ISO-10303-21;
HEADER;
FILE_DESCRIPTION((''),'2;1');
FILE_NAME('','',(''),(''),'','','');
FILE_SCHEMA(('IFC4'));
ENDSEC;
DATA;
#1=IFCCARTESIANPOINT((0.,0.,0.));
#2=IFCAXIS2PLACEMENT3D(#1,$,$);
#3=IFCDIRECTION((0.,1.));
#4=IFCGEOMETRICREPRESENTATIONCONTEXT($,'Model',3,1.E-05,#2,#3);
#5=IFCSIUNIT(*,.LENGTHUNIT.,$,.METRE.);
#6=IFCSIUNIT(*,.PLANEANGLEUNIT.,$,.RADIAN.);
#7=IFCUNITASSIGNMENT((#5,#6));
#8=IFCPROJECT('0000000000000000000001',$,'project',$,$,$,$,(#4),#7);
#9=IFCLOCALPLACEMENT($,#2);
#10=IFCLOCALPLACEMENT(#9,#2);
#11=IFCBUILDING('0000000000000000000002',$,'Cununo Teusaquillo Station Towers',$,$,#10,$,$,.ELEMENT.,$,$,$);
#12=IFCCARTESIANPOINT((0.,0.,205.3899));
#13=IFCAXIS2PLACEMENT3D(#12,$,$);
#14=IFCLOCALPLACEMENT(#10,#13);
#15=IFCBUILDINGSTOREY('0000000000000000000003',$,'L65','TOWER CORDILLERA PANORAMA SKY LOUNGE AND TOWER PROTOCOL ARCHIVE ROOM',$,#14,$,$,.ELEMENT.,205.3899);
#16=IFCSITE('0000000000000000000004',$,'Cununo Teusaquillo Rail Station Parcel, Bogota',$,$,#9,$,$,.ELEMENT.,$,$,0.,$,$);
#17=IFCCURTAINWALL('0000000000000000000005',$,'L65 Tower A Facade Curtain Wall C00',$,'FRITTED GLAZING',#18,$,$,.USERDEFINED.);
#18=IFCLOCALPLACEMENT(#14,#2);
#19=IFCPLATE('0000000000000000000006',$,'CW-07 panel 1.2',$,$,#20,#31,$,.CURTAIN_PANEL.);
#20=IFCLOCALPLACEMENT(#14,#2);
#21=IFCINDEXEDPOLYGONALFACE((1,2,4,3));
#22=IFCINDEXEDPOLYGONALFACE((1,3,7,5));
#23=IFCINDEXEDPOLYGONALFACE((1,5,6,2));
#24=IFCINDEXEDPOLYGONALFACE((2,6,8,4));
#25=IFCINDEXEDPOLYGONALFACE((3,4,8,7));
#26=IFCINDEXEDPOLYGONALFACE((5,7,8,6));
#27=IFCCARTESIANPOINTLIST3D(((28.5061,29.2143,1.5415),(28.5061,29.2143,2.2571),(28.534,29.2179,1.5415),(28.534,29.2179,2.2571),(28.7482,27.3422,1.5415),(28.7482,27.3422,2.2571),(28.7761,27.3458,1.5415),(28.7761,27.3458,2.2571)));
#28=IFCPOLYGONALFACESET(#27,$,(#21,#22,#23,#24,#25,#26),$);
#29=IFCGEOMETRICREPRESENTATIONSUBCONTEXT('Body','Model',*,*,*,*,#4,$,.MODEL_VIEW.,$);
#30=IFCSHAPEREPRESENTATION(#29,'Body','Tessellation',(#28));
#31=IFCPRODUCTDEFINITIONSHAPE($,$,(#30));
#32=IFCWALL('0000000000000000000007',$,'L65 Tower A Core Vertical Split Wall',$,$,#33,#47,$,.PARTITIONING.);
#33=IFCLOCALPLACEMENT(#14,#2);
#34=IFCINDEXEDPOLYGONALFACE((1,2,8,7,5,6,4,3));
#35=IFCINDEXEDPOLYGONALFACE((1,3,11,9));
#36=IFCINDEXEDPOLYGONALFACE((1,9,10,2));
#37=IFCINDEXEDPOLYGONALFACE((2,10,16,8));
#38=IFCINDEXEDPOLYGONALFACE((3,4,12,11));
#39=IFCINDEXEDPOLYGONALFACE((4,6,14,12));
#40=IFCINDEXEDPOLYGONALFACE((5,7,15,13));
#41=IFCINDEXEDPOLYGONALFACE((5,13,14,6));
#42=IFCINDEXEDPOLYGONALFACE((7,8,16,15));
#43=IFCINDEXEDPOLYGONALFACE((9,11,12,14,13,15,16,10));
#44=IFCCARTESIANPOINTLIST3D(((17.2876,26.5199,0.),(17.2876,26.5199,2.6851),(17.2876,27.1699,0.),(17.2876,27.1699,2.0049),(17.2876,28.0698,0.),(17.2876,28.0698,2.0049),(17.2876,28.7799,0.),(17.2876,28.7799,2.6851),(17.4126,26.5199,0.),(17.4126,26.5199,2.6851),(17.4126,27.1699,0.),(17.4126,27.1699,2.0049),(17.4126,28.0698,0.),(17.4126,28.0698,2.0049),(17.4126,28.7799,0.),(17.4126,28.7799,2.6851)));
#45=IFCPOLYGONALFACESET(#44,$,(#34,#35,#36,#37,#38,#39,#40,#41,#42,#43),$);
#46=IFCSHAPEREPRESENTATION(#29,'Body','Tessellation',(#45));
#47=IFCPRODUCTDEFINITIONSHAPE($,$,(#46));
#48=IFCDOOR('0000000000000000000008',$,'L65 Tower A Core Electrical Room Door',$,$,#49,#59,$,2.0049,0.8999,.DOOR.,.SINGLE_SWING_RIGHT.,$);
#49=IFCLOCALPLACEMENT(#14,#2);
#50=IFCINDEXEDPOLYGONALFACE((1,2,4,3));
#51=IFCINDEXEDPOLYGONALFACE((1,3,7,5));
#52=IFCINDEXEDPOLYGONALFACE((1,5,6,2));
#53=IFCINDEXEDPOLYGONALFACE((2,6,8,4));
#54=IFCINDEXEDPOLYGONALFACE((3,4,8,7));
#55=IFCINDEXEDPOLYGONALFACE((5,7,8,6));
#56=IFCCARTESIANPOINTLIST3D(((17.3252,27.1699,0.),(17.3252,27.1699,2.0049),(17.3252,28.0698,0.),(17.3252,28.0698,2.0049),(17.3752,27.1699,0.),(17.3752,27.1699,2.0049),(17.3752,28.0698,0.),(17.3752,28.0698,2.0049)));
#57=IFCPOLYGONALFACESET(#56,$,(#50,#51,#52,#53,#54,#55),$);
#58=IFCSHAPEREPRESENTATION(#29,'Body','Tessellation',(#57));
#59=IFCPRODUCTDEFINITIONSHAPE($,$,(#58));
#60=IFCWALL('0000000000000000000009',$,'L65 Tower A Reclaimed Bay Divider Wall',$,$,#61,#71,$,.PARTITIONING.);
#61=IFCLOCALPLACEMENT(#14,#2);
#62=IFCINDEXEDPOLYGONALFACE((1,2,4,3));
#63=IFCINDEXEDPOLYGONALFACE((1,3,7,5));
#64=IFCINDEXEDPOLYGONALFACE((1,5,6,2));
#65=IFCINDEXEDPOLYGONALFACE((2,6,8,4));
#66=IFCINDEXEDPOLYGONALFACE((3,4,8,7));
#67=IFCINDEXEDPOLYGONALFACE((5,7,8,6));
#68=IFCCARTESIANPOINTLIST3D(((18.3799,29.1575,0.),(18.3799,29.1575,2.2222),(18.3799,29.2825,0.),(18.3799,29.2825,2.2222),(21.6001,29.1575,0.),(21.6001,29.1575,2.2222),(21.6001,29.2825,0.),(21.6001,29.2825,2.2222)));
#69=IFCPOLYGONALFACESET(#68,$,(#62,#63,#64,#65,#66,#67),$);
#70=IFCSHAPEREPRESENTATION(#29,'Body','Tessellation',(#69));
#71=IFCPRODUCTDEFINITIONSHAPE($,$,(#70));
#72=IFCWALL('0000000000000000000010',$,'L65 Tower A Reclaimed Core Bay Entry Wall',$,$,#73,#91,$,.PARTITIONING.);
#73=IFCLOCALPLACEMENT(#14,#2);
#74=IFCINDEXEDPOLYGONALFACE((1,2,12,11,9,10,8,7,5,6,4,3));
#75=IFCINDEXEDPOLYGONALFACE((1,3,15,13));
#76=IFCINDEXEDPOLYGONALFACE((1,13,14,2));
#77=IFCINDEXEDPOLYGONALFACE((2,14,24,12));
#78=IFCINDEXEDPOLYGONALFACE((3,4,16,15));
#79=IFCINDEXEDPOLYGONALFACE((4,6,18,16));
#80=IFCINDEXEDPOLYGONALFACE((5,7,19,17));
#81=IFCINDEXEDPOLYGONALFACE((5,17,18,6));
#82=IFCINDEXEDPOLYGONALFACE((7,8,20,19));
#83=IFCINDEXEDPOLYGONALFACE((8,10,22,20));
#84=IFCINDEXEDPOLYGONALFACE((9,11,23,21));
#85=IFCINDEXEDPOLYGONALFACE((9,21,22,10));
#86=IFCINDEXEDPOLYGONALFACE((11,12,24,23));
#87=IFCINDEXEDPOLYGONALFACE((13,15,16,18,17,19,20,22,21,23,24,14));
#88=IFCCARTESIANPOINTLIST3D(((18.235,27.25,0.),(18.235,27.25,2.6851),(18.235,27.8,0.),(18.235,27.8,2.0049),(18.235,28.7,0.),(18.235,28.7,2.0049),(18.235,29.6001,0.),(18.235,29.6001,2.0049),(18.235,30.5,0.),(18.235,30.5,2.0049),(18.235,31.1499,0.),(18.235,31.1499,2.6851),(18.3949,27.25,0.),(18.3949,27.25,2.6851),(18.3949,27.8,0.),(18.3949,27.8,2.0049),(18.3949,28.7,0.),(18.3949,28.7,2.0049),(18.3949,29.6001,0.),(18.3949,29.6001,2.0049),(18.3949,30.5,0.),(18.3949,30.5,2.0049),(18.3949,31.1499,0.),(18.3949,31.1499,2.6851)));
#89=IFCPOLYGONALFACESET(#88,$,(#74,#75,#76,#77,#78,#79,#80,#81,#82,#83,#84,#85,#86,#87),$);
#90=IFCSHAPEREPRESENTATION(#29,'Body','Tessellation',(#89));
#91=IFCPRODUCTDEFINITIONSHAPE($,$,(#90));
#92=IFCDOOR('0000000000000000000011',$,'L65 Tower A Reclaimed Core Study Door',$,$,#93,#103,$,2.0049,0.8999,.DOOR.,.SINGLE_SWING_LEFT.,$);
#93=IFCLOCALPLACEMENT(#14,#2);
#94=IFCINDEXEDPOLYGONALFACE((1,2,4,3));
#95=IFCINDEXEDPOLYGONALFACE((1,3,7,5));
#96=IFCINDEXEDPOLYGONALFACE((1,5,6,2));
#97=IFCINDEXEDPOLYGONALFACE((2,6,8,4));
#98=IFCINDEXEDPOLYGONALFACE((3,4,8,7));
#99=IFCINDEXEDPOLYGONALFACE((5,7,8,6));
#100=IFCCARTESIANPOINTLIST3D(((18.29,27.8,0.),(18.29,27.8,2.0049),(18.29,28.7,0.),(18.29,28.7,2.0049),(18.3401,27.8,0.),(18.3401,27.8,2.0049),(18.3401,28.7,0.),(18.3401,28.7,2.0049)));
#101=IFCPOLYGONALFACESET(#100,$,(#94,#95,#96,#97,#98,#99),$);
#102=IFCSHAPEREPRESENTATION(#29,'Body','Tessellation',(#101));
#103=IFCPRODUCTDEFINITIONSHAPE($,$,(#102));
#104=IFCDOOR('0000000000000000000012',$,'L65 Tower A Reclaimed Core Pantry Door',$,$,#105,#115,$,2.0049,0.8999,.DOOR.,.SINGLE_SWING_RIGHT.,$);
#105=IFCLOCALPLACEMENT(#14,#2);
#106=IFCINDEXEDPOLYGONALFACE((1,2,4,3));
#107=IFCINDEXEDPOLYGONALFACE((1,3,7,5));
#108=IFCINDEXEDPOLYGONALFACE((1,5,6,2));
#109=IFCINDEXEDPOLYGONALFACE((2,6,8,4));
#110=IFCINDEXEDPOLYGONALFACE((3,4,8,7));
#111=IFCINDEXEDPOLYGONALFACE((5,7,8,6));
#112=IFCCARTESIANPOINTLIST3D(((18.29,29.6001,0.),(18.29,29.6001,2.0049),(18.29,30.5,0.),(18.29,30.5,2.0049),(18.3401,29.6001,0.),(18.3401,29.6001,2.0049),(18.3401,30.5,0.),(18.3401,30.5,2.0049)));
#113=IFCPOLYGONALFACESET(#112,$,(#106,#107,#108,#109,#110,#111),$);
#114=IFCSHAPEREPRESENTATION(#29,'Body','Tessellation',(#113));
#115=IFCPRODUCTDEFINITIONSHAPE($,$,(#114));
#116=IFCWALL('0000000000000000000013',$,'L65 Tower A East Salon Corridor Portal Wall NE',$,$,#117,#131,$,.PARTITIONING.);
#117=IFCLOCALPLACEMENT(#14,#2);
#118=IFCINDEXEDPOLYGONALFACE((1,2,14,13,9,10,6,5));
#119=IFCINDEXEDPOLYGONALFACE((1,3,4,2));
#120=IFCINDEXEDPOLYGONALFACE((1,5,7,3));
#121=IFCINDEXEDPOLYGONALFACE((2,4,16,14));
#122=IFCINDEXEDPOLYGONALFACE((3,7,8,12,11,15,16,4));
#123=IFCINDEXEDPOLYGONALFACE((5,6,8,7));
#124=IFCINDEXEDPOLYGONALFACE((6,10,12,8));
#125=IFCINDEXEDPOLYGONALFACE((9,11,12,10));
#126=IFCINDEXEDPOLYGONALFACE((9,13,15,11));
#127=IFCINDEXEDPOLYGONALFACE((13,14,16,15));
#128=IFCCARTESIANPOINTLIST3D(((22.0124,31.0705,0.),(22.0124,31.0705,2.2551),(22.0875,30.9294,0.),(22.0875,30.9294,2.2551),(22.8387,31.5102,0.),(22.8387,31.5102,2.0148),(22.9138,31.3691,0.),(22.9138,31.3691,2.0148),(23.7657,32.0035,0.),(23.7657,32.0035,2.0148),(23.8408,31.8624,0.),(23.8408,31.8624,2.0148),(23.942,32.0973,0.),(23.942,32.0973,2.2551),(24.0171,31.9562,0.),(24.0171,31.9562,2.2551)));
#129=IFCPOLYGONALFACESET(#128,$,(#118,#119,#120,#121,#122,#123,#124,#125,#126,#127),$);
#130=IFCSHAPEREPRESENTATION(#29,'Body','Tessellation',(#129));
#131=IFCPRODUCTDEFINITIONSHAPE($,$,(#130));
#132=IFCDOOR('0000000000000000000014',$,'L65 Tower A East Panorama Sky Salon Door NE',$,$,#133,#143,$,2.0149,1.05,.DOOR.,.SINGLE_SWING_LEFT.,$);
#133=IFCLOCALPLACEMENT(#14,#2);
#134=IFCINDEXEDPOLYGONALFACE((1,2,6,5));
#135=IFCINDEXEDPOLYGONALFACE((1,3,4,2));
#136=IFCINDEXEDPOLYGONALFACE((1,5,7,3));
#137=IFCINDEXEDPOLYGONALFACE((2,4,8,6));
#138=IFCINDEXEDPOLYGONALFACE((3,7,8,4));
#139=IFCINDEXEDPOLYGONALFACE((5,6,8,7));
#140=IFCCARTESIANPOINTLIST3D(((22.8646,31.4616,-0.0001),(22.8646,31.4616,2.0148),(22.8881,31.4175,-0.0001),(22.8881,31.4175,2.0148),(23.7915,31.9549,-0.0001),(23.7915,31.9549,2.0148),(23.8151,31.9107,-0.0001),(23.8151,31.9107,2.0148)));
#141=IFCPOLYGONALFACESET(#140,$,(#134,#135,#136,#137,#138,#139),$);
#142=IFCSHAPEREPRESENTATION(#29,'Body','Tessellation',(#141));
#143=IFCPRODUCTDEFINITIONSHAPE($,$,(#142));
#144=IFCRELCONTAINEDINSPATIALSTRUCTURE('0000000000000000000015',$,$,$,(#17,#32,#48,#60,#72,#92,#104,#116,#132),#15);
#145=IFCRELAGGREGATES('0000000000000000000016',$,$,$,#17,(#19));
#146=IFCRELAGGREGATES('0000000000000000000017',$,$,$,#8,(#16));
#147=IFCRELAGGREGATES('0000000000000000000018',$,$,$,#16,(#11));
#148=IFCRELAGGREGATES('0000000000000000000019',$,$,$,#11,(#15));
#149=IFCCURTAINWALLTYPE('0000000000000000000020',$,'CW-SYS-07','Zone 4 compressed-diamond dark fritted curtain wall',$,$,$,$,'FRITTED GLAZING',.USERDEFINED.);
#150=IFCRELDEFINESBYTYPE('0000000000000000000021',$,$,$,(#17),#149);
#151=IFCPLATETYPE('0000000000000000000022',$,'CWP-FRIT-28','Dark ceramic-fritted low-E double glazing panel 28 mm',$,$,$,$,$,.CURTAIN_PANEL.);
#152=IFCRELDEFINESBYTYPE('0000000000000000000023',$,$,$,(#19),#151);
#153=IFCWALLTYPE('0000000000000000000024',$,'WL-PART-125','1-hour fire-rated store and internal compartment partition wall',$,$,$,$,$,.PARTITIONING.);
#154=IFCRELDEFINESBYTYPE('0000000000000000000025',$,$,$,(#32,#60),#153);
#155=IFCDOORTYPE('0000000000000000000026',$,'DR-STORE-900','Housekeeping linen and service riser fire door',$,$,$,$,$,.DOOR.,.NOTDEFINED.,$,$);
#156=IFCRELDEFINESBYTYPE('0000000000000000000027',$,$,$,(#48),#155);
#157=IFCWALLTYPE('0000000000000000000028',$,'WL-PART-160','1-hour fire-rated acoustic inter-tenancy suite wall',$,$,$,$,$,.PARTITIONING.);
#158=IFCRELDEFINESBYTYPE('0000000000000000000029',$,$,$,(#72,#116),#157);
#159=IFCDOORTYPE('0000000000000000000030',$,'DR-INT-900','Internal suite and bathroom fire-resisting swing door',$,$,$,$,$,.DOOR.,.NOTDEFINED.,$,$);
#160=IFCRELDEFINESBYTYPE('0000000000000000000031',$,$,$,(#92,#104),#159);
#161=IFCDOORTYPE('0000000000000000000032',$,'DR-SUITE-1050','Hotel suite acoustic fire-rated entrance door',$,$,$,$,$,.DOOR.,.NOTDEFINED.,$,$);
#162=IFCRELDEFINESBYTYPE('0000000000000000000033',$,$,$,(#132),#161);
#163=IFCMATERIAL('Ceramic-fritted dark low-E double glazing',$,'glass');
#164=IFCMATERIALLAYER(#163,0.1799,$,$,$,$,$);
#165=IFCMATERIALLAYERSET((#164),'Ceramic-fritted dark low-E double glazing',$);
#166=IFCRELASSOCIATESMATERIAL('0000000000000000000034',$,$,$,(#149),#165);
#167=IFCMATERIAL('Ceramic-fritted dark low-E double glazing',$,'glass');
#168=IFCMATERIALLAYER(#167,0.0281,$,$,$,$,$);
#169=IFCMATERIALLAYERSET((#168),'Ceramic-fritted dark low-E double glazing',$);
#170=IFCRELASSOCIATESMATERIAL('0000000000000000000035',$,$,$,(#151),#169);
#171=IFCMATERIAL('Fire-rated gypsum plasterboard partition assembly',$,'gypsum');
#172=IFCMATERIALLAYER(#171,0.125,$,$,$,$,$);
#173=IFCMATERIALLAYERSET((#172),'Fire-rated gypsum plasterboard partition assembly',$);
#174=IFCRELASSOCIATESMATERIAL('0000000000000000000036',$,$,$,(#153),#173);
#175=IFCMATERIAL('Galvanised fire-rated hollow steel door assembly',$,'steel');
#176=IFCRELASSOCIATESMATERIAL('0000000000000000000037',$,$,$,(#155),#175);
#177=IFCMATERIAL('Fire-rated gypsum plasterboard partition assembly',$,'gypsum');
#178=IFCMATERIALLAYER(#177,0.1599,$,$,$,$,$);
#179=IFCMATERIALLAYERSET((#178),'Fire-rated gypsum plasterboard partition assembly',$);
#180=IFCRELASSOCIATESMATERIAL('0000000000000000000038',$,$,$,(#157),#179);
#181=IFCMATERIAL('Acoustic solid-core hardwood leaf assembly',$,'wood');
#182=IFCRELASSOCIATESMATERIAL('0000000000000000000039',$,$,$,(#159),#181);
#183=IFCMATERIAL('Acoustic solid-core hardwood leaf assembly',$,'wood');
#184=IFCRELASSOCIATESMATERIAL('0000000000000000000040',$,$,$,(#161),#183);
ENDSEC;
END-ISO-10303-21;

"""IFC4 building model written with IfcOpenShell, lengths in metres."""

from ifc_helpers import new_model, si_unit, direction, frame, frame_2d, origin, origin_2d, place, context, subcontext, project, spatial, rectangle, extrude, source, transform, mapped, material, layer, layer_set, type_object, element, fill, aggregate, save


model = new_model("IFC4")

# Units and contexts
model_context = context("Model", 3, precision=1e-05, world=origin(), true_north=direction((0.0, 1.0)))
body_context = subcontext(model_context, "Body", "Model", "MODEL_VIEW")
ifc_project = project(units=[si_unit("LENGTHUNIT", "METRE"), si_unit("PLANEANGLEUNIT", "RADIAN")], contexts=[model_context])

# Site, building, storey
site_placement = place(None, origin())
site = spatial("IfcSite", under=ifc_project, at=site_placement, Name="Cununo Teusaquillo Rail Station Parcel, Bogota", CompositionType="ELEMENT", RefElevation=0.0)
building_placement = place(site_placement, origin())
building = spatial("IfcBuilding", under=site, at=building_placement, Name="Cununo Teusaquillo Station Towers", CompositionType="ELEMENT")
storey_placement = place(building_placement, frame((0.0, 0.0, 205.3899)))
storey = spatial("IfcBuildingStorey", under=building, at=storey_placement, Name="L65", Description="TOWER CORDILLERA PANORAMA SKY LOUNGE AND TOWER PROTOCOL ARCHIVE ROOM", CompositionType="ELEMENT", Elevation=205.3899)

# Curtain wall, plate
ifc_material_1 = material(Name="Ceramic-fritted dark low-E double glazing", Category="glass")
ifc_layer_1 = layer(ifc_material_1, 0.1799)
ifc_layer_set_1 = layer_set([ifc_layer_1], Name="Ceramic-fritted dark low-E double glazing")
curtain_wall_type = type_object("IfcCurtainWallType", Name="CW-SYS-07", Description="Zone 4 compressed-diamond dark fritted curtain wall", ElementType="FRITTED GLAZING", PredefinedType="USERDEFINED", material=ifc_layer_set_1)
curtain_wall_placement = place(storey_placement, origin())
curtain_wall = element("IfcCurtainWall", 1, at=curtain_wall_placement, inside=storey, type_object=curtain_wall_type, Name="L65 Tower A Facade Curtain Wall C00", ObjectType="FRITTED GLAZING", PredefinedType="USERDEFINED")
ifc_material_2 = material(Name="Ceramic-fritted dark low-E double glazing", Category="glass")
ifc_layer_2 = layer(ifc_material_2, 0.0281)
ifc_layer_set_2 = layer_set([ifc_layer_2], Name="Ceramic-fritted dark low-E double glazing")
plate_type = type_object("IfcPlateType", Name="CWP-FRIT-28", Description="Dark ceramic-fritted low-E double glazing panel 28 mm", PredefinedType="CURTAIN_PANEL", material=ifc_layer_set_2)
shared_shape_1 = source(origin(), body_context, "Body", "SweptSolid", [
    extrude(rectangle(XDim=1.8877, YDim=0.0281, at=origin_2d()), origin(), (0.0, 0.0, 1.0), 0.7156),
])
plate_1_placement = place(storey_placement, frame((28.6411, 28.28, 1.5415), z_axis=(0.0, 0.0, 1.0), x_axis=(0.128253, -0.991742, 0.0)))
plate_1 = element("IfcPlate", 2, at=plate_1_placement, type_object=plate_type, Name="CW-07 panel 1.2", PredefinedType="CURTAIN_PANEL", context=body_context, shape_type="MappedRepresentation", body=[
    mapped(shared_shape_1, transform((0.0, 0.0, 0.0), x_axis=(1.0, 0.0, 0.0), y_axis=(0.0, 1.0, 0.0), z_axis=(0.0, 0.0, 1.0), scale=1.0)),
])
aggregate(curtain_wall, [plate_1])

# Wall, opening, door
ifc_material_3 = material(Name="Fire-rated gypsum plasterboard partition assembly", Category="gypsum")
ifc_layer_3 = layer(ifc_material_3, 0.125)
ifc_layer_set_3 = layer_set([ifc_layer_3], Name="Fire-rated gypsum plasterboard partition assembly")
wall_type_1 = type_object("IfcWallType", Name="WL-PART-125", Description="1-hour fire-rated store and internal compartment partition wall", PredefinedType="PARTITIONING", material=ifc_layer_set_3)
wall_1_placement = place(storey_placement, frame((17.3501, 26.52, 0.0), z_axis=(0.0, 0.0, 1.0), x_axis=(0.0, 1.0, 0.0)))
wall_1 = element("IfcWall", 3, at=wall_1_placement, inside=storey, type_object=wall_type_1, Name="L65 Tower A Core Vertical Split Wall", PredefinedType="PARTITIONING", context=body_context, shape_type="SweptSolid", body=[
    extrude(rectangle(XDim=2.26, YDim=0.125, at=frame_2d((1.1299, 0.0))), origin(), (0.0, 0.0, 1.0), 2.6851),
])
shared_shape_2 = source(origin(), body_context, "Body", "SweptSolid", [
    extrude(rectangle(XDim=0.8999, YDim=2.0049, at=frame_2d((0.45, 1.0024))), frame((0.0, 0.0725, 0.0), z_axis=(0.0, -1.0, 0.0), x_axis=(1.0, 0.0, 0.0)), (0.0, 0.0, 1.0), 0.145),
])
opening_1_placement = place(wall_1_placement, frame((0.6499, 0.0, 0.0)))
opening_1 = element("IfcOpeningElement", 4, at=opening_1_placement, cuts=wall_1, PredefinedType="OPENING", context=body_context, shape_type="MappedRepresentation", body=[
    mapped(shared_shape_2, transform((0.0, 0.0, 0.0), x_axis=(1.0, 0.0, 0.0), y_axis=(0.0, 1.0, 0.0), z_axis=(0.0, 0.0, 1.0), scale=1.0)),
])
ifc_material_4 = material(Name="Galvanised fire-rated hollow steel door assembly", Category="steel")
door_type_1 = type_object("IfcDoorType", Name="DR-STORE-900", Description="Housekeeping linen and service riser fire door", OperationType="NOTDEFINED", PredefinedType="DOOR", material=ifc_material_4)
shared_shape_3 = source(origin(), body_context, "Body", "SweptSolid", [
    extrude(rectangle(XDim=0.8999, YDim=2.0049, at=frame_2d((0.45, 1.0024))), frame((0.0, 0.0249, 0.0), z_axis=(0.0, -1.0, 0.0), x_axis=(1.0, 0.0, 0.0)), (0.0, 0.0, 1.0), 0.05),
])
door_1_placement = place(opening_1_placement, origin())
door_1 = element("IfcDoor", 5, at=door_1_placement, inside=storey, type_object=door_type_1, Name="L65 Tower A Core Electrical Room Door", OperationType="SINGLE_SWING_RIGHT", OverallHeight=2.0049, OverallWidth=0.8999, PredefinedType="DOOR", context=body_context, shape_type="MappedRepresentation", body=[
    mapped(shared_shape_3, transform((0.0, 0.0, 0.0), x_axis=(1.0, 0.0, 0.0), y_axis=(0.0, 1.0, 0.0), z_axis=(0.0, 0.0, 1.0), scale=1.0)),
])
fill(opening_1, door_1)

# Wall
wall_2_placement = place(storey_placement, frame((18.3799, 29.22, 0.0), z_axis=(0.0, 0.0, 1.0), x_axis=(1.0, 0.0, 0.0)))
element("IfcWall", 6, at=wall_2_placement, inside=storey, type_object=wall_type_1, Name="L65 Tower A Reclaimed Bay Divider Wall", PredefinedType="PARTITIONING", context=body_context, shape_type="SweptSolid", body=[
    extrude(rectangle(XDim=3.2202, YDim=0.125, at=frame_2d((1.6101, 0.0))), origin(), (0.0, 0.0, 1.0), 2.2222),
])

# Wall, openings, doors
ifc_material_5 = material(Name="Fire-rated gypsum plasterboard partition assembly", Category="gypsum")
ifc_layer_4 = layer(ifc_material_5, 0.1599)
ifc_layer_set_4 = layer_set([ifc_layer_4], Name="Fire-rated gypsum plasterboard partition assembly")
wall_type_2 = type_object("IfcWallType", Name="WL-PART-160", Description="1-hour fire-rated acoustic inter-tenancy suite wall", PredefinedType="PARTITIONING", material=ifc_layer_set_4)
wall_3_placement = place(storey_placement, frame((18.3149, 27.25, 0.0), z_axis=(0.0, 0.0, 1.0), x_axis=(0.0, 1.0, 0.0)))
wall_3 = element("IfcWall", 7, at=wall_3_placement, inside=storey, type_object=wall_type_2, Name="L65 Tower A Reclaimed Core Bay Entry Wall", PredefinedType="PARTITIONING", context=body_context, shape_type="SweptSolid", body=[
    extrude(rectangle(XDim=3.8999, YDim=0.1599, at=frame_2d((1.95, 0.0))), origin(), (0.0, 0.0, 1.0), 2.6851),
])
shared_shape_4 = source(origin(), body_context, "Body", "SweptSolid", [
    extrude(rectangle(XDim=0.8999, YDim=2.0049, at=frame_2d((0.45, 1.0024))), frame((0.0, 0.0898, 0.0), z_axis=(0.0, -1.0, 0.0), x_axis=(1.0, 0.0, 0.0)), (0.0, 0.0, 1.0), 0.1799),
])
opening_2_placement = place(wall_3_placement, frame((0.55, 0.0, 0.0)))
opening_2 = element("IfcOpeningElement", 8, at=opening_2_placement, cuts=wall_3, PredefinedType="OPENING", context=body_context, shape_type="MappedRepresentation", body=[
    mapped(shared_shape_4, transform((0.0, 0.0, 0.0), x_axis=(1.0, 0.0, 0.0), y_axis=(0.0, 1.0, 0.0), z_axis=(0.0, 0.0, 1.0), scale=1.0)),
])
opening_3_placement = place(wall_3_placement, frame((2.3501, 0.0, 0.0)))
opening_3 = element("IfcOpeningElement", 9, at=opening_3_placement, cuts=wall_3, PredefinedType="OPENING", context=body_context, shape_type="MappedRepresentation", body=[
    mapped(shared_shape_4, transform((0.0, 0.0, 0.0), x_axis=(1.0, 0.0, 0.0), y_axis=(0.0, 1.0, 0.0), z_axis=(0.0, 0.0, 1.0), scale=1.0)),
])
ifc_material_6 = material(Name="Acoustic solid-core hardwood leaf assembly", Category="wood")
door_type_2 = type_object("IfcDoorType", Name="DR-INT-900", Description="Internal suite and bathroom fire-resisting swing door", OperationType="NOTDEFINED", PredefinedType="DOOR", material=ifc_material_6)
door_2_placement = place(opening_2_placement, origin())
door_2 = element("IfcDoor", 10, at=door_2_placement, inside=storey, type_object=door_type_2, Name="L65 Tower A Reclaimed Core Study Door", OperationType="SINGLE_SWING_LEFT", OverallHeight=2.0049, OverallWidth=0.8999, PredefinedType="DOOR", context=body_context, shape_type="MappedRepresentation", body=[
    mapped(shared_shape_3, transform((0.0, 0.0, 0.0), x_axis=(1.0, 0.0, 0.0), y_axis=(0.0, 1.0, 0.0), z_axis=(0.0, 0.0, 1.0), scale=1.0)),
])
fill(opening_2, door_2)
door_3_placement = place(opening_3_placement, origin())
door_3 = element("IfcDoor", 11, at=door_3_placement, inside=storey, type_object=door_type_2, Name="L65 Tower A Reclaimed Core Pantry Door", OperationType="SINGLE_SWING_RIGHT", OverallHeight=2.0049, OverallWidth=0.8999, PredefinedType="DOOR", context=body_context, shape_type="MappedRepresentation", body=[
    mapped(shared_shape_3, transform((0.0, 0.0, 0.0), x_axis=(1.0, 0.0, 0.0), y_axis=(0.0, 1.0, 0.0), z_axis=(0.0, 0.0, 1.0), scale=1.0)),
])
fill(opening_3, door_3)

# Wall, opening, door
wall_4_placement = place(storey_placement, frame((22.05, 31.0, 0.0), z_axis=(0.0, 0.0, 1.0), x_axis=(0.882792, 0.469765, 0.0)))
wall_4 = element("IfcWall", 12, at=wall_4_placement, inside=storey, type_object=wall_type_2, Name="L65 Tower A East Salon Corridor Portal Wall NE", PredefinedType="PARTITIONING", context=body_context, shape_type="SweptSolid", body=[
    extrude(rectangle(XDim=2.1858, YDim=0.1599, at=frame_2d((1.0928, 0.0))), origin(), (0.0, 0.0, 1.0), 2.2551),
])
shared_shape_5 = source(origin(), body_context, "Body", "SweptSolid", [
    extrude(rectangle(XDim=1.05, YDim=2.0149, at=frame_2d((0.5249, 1.0073))), frame((0.0, 0.0898, 0.0), z_axis=(0.0, -1.0, 0.0), x_axis=(1.0, 0.0, 0.0)), (0.0, 0.0, 1.0), 0.1799),
])
opening_4_placement = place(wall_4_placement, frame((0.936, 0.0, 0.0)))
opening_4 = element("IfcOpeningElement", 13, at=opening_4_placement, cuts=wall_4, PredefinedType="OPENING", context=body_context, shape_type="MappedRepresentation", body=[
    mapped(shared_shape_5, transform((0.0, 0.0, 0.0), x_axis=(1.0, 0.0, 0.0), y_axis=(0.0, 1.0, 0.0), z_axis=(0.0, 0.0, 1.0), scale=1.0)),
])
ifc_material_7 = material(Name="Acoustic solid-core hardwood leaf assembly", Category="wood")
door_type_3 = type_object("IfcDoorType", Name="DR-SUITE-1050", Description="Hotel suite acoustic fire-rated entrance door", OperationType="NOTDEFINED", PredefinedType="DOOR", material=ifc_material_7)
shared_shape_6 = source(origin(), body_context, "Body", "SweptSolid", [
    extrude(rectangle(XDim=1.05, YDim=2.0149, at=frame_2d((0.5249, 1.0073))), frame((0.0, 0.0249, 0.0), z_axis=(0.0, -1.0, 0.0), x_axis=(1.0, 0.0, 0.0)), (0.0, 0.0, 1.0), 0.05),
])
door_4_placement = place(opening_4_placement, origin())
door_4 = element("IfcDoor", 14, at=door_4_placement, inside=storey, type_object=door_type_3, Name="L65 Tower A East Panorama Sky Salon Door NE", OperationType="SINGLE_SWING_LEFT", OverallHeight=2.0149, OverallWidth=1.05, PredefinedType="DOOR", context=body_context, shape_type="MappedRepresentation", body=[
    mapped(shared_shape_6, transform((0.0, 0.0, 0.0), x_axis=(1.0, 0.0, 0.0), y_axis=(0.0, 1.0, 0.0), z_axis=(0.0, 0.0, 1.0), scale=1.0)),
])
fill(opening_4, door_4)

save(model, "model.ifc")
